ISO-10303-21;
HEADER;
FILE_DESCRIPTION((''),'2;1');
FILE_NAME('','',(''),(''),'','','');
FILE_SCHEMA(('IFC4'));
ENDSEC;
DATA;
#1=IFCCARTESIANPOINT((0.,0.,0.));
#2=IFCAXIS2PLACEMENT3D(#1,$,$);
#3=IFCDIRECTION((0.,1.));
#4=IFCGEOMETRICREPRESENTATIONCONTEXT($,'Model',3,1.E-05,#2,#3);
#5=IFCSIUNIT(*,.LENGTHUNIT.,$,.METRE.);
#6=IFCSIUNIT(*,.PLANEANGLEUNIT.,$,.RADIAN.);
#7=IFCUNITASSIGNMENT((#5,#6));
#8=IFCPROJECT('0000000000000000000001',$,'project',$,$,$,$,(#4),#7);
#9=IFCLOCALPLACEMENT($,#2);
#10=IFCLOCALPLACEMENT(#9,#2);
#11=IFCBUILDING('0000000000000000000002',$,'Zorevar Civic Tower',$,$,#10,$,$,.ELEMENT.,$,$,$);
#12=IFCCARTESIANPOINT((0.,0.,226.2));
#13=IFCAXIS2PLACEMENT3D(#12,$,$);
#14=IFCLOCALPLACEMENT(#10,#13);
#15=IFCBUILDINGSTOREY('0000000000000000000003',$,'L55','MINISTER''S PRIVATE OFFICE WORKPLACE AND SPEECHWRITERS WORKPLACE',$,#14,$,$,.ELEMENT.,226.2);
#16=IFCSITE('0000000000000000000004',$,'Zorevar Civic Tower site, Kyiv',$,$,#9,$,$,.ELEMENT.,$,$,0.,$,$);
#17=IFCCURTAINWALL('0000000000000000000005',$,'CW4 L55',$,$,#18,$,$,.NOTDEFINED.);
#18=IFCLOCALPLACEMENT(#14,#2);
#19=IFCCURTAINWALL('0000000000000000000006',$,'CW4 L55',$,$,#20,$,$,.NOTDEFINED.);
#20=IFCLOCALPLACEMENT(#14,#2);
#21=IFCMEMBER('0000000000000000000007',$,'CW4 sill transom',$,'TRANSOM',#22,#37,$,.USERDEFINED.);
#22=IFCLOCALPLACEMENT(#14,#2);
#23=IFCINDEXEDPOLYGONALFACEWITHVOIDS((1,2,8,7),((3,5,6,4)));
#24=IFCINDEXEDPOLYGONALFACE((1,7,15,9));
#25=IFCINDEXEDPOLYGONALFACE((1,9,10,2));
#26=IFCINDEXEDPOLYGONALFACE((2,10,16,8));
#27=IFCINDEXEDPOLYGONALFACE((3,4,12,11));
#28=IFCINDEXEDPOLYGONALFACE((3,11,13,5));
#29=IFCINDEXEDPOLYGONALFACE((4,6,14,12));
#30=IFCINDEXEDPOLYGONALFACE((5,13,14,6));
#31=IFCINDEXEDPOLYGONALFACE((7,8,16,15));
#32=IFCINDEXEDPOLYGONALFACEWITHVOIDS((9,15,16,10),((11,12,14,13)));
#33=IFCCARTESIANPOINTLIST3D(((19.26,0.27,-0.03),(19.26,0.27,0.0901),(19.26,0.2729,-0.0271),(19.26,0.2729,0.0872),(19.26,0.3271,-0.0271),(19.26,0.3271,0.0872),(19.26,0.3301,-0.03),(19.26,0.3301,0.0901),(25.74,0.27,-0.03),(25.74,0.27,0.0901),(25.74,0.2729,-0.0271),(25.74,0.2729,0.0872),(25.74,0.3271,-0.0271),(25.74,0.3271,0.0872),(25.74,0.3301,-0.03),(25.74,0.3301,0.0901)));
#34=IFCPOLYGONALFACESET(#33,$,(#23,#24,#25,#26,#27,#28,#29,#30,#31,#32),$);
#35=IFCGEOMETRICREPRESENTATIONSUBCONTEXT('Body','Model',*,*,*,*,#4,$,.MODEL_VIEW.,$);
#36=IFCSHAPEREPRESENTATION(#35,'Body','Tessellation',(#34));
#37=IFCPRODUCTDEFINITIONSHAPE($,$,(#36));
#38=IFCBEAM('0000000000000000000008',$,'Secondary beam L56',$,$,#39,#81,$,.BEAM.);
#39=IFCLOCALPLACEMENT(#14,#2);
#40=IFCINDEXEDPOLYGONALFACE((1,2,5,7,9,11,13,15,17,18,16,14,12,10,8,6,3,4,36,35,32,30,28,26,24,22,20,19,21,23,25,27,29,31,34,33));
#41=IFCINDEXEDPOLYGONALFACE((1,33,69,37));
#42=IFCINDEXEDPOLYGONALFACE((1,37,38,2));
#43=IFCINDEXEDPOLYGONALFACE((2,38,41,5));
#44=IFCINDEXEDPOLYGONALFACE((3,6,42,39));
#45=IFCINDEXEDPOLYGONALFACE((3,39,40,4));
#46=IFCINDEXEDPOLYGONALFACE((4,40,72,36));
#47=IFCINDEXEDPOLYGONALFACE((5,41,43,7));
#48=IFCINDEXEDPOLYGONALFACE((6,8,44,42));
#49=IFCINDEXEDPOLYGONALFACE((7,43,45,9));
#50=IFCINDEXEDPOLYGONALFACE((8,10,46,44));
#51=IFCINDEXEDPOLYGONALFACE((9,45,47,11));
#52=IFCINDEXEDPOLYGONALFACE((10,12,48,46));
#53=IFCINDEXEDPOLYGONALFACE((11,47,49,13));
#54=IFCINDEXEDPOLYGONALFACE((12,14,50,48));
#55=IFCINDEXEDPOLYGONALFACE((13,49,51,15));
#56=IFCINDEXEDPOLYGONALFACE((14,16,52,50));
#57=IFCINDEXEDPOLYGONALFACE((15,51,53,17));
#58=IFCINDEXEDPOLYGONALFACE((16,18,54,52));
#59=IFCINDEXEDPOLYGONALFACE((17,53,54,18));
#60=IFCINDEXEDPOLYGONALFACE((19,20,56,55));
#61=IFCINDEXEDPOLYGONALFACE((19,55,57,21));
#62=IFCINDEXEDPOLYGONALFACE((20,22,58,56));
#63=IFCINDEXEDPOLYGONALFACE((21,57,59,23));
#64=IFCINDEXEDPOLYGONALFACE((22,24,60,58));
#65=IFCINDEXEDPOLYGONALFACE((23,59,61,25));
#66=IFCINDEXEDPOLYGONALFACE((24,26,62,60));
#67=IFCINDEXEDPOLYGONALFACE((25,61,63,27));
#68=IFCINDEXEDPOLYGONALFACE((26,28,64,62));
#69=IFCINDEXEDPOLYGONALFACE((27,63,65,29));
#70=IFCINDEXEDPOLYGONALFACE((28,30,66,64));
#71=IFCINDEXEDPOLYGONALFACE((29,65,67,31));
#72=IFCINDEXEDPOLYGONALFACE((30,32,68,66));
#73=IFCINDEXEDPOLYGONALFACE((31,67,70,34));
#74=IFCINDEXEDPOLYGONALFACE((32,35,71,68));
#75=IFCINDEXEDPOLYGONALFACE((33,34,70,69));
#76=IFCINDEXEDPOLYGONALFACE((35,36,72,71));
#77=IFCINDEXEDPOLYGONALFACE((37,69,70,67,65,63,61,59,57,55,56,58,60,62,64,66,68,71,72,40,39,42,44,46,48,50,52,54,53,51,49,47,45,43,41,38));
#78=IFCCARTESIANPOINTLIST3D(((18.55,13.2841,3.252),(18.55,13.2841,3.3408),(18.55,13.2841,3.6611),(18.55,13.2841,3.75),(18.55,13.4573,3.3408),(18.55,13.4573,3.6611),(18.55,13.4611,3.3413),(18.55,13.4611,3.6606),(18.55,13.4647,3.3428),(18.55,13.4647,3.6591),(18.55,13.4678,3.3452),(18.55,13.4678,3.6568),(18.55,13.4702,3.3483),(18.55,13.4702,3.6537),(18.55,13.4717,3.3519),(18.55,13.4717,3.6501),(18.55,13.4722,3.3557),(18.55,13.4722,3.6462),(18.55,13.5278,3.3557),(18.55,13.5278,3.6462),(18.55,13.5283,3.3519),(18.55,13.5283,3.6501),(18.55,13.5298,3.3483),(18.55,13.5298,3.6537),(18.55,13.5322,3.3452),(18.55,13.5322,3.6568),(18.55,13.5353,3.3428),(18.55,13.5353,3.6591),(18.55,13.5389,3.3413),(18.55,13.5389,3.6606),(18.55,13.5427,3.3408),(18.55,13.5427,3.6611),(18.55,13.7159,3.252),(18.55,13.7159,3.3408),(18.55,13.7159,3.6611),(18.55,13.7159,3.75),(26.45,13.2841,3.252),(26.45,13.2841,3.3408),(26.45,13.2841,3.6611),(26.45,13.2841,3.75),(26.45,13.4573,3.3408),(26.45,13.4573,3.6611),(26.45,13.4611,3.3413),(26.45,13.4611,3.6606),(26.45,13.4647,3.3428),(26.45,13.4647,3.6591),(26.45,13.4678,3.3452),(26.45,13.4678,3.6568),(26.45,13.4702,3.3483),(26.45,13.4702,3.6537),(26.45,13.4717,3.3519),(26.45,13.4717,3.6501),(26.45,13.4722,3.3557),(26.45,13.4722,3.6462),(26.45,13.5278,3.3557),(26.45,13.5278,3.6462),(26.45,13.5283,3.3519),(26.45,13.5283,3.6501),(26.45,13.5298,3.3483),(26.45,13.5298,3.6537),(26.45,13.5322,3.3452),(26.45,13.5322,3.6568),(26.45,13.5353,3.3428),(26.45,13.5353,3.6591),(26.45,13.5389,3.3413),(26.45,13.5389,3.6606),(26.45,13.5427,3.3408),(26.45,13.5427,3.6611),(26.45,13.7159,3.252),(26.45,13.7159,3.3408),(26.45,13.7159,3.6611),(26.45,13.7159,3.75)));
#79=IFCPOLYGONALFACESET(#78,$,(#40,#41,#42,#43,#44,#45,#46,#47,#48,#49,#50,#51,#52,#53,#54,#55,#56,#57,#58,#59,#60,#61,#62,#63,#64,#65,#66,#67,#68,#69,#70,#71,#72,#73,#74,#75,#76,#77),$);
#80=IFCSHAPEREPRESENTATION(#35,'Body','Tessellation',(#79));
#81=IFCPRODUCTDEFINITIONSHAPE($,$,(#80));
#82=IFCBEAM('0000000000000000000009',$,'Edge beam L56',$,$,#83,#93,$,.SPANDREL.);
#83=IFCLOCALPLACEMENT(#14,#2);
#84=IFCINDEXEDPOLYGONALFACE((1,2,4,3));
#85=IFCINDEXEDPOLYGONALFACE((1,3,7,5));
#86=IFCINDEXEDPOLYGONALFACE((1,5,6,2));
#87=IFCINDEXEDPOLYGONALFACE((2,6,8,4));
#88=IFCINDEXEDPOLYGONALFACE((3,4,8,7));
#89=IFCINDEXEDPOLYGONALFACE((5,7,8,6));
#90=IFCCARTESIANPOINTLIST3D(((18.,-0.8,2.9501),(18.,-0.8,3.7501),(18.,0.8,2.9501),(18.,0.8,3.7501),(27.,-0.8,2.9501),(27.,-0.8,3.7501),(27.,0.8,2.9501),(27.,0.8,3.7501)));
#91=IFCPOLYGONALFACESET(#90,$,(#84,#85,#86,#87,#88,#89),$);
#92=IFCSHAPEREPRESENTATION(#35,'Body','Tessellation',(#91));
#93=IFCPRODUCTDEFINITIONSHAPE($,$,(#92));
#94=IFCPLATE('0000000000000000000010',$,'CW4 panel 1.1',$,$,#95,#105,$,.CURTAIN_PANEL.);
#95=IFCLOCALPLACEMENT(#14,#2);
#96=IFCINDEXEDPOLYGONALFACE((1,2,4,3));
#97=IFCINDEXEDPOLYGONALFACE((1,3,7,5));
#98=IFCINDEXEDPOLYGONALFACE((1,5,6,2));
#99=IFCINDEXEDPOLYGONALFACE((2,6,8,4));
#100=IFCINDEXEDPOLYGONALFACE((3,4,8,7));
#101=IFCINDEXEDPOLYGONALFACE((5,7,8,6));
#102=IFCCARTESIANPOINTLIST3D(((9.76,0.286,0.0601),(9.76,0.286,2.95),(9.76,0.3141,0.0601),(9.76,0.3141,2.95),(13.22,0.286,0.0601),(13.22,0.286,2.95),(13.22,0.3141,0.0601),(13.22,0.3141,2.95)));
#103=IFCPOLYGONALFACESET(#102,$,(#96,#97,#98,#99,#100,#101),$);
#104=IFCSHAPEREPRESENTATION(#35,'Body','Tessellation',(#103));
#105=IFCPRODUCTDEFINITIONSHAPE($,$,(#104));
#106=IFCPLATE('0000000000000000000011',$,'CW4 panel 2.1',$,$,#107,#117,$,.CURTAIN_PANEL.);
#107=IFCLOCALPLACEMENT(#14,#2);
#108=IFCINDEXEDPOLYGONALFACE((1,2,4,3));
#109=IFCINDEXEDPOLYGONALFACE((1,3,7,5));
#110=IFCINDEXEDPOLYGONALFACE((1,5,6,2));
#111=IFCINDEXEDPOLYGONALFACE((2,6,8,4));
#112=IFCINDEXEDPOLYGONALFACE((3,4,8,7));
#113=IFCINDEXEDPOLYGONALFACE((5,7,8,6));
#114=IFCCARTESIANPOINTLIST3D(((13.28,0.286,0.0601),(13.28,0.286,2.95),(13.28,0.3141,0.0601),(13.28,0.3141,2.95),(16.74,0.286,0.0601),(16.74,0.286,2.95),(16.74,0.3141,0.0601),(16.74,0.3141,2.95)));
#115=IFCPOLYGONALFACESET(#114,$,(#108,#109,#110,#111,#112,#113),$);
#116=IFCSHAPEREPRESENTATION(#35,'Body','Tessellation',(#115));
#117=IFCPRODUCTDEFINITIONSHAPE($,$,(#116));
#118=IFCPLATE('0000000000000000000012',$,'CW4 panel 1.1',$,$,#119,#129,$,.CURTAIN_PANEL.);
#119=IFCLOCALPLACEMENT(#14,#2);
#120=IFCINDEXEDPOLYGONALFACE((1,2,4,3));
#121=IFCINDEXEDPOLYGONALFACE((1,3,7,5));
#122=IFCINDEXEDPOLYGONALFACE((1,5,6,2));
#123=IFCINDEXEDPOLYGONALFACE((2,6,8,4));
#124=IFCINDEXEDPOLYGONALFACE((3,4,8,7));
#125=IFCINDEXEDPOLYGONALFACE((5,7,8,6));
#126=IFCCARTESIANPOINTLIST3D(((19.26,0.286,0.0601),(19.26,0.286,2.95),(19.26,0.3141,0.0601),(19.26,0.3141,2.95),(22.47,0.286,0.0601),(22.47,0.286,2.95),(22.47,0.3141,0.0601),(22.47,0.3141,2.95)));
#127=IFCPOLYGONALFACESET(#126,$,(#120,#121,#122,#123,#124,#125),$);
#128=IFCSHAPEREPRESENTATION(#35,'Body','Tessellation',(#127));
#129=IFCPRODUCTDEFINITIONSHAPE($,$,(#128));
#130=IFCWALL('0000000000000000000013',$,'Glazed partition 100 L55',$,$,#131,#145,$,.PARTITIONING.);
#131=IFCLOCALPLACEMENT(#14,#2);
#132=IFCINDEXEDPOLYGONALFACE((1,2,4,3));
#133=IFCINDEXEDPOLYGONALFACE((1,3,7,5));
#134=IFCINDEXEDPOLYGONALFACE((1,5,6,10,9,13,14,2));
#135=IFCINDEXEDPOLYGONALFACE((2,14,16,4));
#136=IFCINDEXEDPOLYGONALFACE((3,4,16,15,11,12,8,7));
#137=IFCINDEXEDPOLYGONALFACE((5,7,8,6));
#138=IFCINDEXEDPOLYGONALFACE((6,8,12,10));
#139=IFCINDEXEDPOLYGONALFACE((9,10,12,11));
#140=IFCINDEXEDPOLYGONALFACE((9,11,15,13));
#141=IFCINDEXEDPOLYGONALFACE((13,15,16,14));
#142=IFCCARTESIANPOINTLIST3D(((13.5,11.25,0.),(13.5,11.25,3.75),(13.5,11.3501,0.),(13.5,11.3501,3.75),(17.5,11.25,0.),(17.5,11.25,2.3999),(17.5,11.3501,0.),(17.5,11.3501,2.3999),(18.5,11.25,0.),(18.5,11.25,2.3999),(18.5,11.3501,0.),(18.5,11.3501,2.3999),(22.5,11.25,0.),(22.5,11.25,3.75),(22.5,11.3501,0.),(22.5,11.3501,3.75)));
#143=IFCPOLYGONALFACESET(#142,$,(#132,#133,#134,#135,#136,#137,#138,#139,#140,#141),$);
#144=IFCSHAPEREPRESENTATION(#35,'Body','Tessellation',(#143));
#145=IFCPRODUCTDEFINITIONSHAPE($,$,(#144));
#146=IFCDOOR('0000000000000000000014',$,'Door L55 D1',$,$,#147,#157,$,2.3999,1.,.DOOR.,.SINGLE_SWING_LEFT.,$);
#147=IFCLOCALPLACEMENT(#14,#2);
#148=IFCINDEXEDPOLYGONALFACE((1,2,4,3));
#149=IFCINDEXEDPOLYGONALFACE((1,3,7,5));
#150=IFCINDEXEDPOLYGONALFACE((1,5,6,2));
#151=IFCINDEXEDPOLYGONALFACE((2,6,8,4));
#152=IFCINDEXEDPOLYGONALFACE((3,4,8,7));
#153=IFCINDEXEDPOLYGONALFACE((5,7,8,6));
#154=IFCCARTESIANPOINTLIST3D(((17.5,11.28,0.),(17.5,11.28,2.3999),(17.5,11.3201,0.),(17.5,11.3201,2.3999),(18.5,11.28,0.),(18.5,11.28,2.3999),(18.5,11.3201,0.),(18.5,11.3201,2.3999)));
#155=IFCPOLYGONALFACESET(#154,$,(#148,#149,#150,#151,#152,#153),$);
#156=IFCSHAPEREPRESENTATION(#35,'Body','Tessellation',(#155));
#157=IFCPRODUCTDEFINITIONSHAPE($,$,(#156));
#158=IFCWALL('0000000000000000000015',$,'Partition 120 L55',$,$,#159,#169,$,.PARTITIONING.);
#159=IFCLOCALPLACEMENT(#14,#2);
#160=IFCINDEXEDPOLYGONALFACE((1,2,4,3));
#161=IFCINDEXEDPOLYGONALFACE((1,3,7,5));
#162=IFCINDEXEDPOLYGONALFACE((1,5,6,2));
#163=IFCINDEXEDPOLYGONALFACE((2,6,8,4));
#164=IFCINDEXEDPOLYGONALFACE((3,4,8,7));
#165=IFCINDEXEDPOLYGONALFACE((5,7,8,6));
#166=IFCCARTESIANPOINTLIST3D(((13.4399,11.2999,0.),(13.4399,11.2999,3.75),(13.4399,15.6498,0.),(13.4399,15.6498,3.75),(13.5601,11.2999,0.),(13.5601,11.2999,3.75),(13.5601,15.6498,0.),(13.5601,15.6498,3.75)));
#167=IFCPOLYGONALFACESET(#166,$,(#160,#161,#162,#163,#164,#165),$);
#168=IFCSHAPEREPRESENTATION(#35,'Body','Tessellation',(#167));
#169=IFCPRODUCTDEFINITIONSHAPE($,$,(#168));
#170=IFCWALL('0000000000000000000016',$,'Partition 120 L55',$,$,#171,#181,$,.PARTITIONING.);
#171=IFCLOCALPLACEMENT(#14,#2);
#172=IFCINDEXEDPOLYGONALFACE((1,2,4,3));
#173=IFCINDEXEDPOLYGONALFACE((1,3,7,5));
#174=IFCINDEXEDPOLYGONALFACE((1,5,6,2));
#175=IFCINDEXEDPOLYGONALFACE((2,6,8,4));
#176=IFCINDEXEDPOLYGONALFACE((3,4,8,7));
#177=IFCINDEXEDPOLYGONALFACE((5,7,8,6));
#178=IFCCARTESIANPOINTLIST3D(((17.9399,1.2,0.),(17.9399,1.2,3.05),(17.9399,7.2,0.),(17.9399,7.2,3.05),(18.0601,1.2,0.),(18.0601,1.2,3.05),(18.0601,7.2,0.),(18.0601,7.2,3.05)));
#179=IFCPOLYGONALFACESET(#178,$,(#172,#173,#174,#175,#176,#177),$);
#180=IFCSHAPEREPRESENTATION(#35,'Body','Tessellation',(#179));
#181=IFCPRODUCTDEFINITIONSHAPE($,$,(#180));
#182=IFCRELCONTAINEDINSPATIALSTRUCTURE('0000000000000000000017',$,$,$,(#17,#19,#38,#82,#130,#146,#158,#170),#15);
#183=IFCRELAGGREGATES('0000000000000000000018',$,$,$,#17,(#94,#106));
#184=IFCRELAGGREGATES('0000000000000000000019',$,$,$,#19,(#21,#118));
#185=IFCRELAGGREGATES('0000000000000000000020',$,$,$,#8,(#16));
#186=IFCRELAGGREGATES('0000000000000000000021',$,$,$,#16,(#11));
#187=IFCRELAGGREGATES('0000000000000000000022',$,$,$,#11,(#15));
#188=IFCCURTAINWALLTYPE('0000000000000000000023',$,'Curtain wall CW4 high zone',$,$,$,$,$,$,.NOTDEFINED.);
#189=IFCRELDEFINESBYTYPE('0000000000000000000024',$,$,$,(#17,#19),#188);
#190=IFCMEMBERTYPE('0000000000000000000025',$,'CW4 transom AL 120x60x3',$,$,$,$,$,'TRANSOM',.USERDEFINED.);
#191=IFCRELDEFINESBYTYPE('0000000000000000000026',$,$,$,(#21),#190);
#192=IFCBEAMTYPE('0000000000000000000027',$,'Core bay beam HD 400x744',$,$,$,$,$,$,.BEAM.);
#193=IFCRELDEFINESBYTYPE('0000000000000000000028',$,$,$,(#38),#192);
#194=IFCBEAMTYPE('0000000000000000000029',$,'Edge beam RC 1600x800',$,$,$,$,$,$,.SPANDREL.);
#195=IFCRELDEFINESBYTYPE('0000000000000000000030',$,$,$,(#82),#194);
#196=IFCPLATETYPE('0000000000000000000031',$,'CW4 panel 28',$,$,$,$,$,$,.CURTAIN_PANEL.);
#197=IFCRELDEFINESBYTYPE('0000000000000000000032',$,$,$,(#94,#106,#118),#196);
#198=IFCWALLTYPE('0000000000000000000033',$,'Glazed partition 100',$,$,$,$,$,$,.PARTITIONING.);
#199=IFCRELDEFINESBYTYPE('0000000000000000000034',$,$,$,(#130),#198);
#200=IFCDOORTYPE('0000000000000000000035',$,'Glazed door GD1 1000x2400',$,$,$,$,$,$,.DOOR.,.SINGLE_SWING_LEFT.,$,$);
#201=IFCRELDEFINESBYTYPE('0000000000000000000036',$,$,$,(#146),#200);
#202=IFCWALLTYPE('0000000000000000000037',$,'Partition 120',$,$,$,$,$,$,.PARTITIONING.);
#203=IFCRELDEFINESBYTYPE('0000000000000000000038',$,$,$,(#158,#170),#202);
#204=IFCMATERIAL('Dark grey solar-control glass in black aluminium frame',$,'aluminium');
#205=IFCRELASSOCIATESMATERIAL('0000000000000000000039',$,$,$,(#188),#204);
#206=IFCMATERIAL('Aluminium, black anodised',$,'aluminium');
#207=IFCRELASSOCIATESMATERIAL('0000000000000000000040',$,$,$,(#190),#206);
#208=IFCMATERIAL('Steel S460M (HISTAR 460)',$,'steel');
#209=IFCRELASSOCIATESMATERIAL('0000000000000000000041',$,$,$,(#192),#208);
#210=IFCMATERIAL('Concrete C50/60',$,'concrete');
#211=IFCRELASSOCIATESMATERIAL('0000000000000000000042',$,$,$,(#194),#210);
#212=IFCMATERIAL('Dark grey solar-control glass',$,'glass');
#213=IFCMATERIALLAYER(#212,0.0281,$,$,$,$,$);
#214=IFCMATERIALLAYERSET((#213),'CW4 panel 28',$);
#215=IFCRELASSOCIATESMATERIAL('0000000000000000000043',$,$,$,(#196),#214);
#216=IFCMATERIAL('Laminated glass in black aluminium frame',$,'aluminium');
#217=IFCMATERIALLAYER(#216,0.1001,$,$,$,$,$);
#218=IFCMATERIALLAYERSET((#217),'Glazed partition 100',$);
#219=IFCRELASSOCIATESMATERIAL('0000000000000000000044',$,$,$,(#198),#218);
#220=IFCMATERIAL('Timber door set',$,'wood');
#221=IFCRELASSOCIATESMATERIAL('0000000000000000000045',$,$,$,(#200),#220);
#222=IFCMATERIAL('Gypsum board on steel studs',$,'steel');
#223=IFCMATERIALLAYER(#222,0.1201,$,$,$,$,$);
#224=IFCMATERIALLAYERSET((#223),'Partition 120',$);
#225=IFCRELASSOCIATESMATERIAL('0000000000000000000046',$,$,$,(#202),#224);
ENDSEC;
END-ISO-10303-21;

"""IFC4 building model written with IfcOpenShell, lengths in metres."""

from ifc_helpers import new_model, si_unit, direction, frame, frame_2d, origin, origin_2d, place, context, subcontext, project, spatial, rectangle, hollow_rectangle, i_section, extrude, material, layer, layer_set, material_profile, profile_set, type_object, element, fill, aggregate, save


model = new_model("IFC4")

# Units and contexts
model_context = context("Model", 3, precision=1e-05, world=origin(), true_north=direction((0.0, 1.0)))
body_context = subcontext(model_context, "Body", "Model", "MODEL_VIEW")
ifc_project = project(units=[si_unit("LENGTHUNIT", "METRE"), si_unit("PLANEANGLEUNIT", "RADIAN")], contexts=[model_context])

# Site, building, storey
site_placement = place(None, origin())
site = spatial("IfcSite", under=ifc_project, at=site_placement, Name="Zorevar Civic Tower site, Kyiv", CompositionType="ELEMENT", RefElevation=0.0)
building_placement = place(site_placement, origin())
building = spatial("IfcBuilding", under=site, at=building_placement, Name="Zorevar Civic Tower", CompositionType="ELEMENT")
storey_placement = place(building_placement, frame((0.0, 0.0, 226.2)))
storey = spatial("IfcBuildingStorey", under=building, at=storey_placement, Name="L55", Description="MINISTER'S PRIVATE OFFICE WORKPLACE AND SPEECHWRITERS WORKPLACE", CompositionType="ELEMENT", Elevation=226.2)

# Curtain wall
ifc_material_1 = material(Name="Dark grey solar-control glass in black aluminium frame", Category="aluminium")
curtain_wall_type = type_object("IfcCurtainWallType", Name="Curtain wall CW4 high zone", PredefinedType="NOTDEFINED", material=ifc_material_1)
curtain_wall_1_placement = place(storey_placement, origin())
curtain_wall_1 = element("IfcCurtainWall", 1, at=curtain_wall_1_placement, inside=storey, type_object=curtain_wall_type, Name="CW4 L55", PredefinedType="NOTDEFINED")

# Curtain wall
curtain_wall_2_placement = place(storey_placement, origin())
curtain_wall_2 = element("IfcCurtainWall", 2, at=curtain_wall_2_placement, inside=storey, type_object=curtain_wall_type, Name="CW4 L55", PredefinedType="NOTDEFINED")

# Member
ifc_material_2 = material(Name="Aluminium, black anodised", Category="aluminium")
ifc_material_profile_1 = material_profile(ifc_material_2, hollow_rectangle(XDim=0.0601, YDim=0.1201, WallThickness=0.0029, at=origin_2d()), Name="AL 120x60x3")
ifc_profile_set_1 = profile_set([ifc_material_profile_1], Name="Aluminium, black anodised")
member_type_1 = type_object("IfcMemberType", Name="CW4 transom AL 120x60x3", ElementType="TRANSOM", PredefinedType="USERDEFINED", material=ifc_profile_set_1)
member_1_placement = place(storey_placement, frame((19.26, 0.3, 0.03), z_axis=(1.0, 0.0, 0.0), x_axis=(0.0, 1.0, 0.0)))
member_1 = element("IfcMember", 3, at=member_1_placement, type_object=member_type_1, Name="CW4 sill transom", ObjectType="TRANSOM", PredefinedType="USERDEFINED", context=body_context, shape_type="SweptSolid", body=[
    extrude(hollow_rectangle(XDim=0.0601, YDim=0.1201, WallThickness=0.0029, at=origin_2d()), origin(), (0.0, 0.0, 1.0), 6.48),
])

# Beams
ifc_material_3 = material(Name="Steel S460M (HISTAR 460)", Category="steel")
ifc_material_profile_2 = material_profile(ifc_material_3, i_section(OverallWidth=0.4319, OverallDepth=0.498, WebThickness=0.0557, FlangeThickness=0.0889, FilletRadius=0.0149, at=origin_2d()), Name="HD 400x744")
ifc_profile_set_2 = profile_set([ifc_material_profile_2], Name="Steel S460M (HISTAR 460)")
beam_type_1 = type_object("IfcBeamType", Name="Core bay beam HD 400x744", PredefinedType="BEAM", material=ifc_profile_set_2)
beam_1_placement = place(storey_placement, frame((18.55, 13.5, 3.501), z_axis=(1.0, 0.0, 0.0), x_axis=(0.0, 1.0, 0.0)))
element("IfcBeam", 4, at=beam_1_placement, inside=storey, type_object=beam_type_1, Name="Secondary beam L56", PredefinedType="BEAM", context=body_context, shape_type="SweptSolid", body=[
    extrude(i_section(OverallWidth=0.4319, OverallDepth=0.498, WebThickness=0.0557, FlangeThickness=0.0889, FilletRadius=0.0149, at=origin_2d()), origin(), (0.0, 0.0, 1.0), 7.8999),
])
ifc_material_4 = material(Name="Concrete C50/60", Category="concrete")
ifc_material_profile_3 = material_profile(ifc_material_4, rectangle(XDim=1.6001, YDim=0.8, at=origin_2d()), Name="RC 1600x800")
ifc_profile_set_3 = profile_set([ifc_material_profile_3], Name="Concrete C50/60")
beam_type_2 = type_object("IfcBeamType", Name="Edge beam RC 1600x800", PredefinedType="SPANDREL", material=ifc_profile_set_3)
beam_2_placement = place(storey_placement, frame((18.0, 0.0, 3.3501), z_axis=(1.0, 0.0, 0.0), x_axis=(0.0, 1.0, 0.0)))
element("IfcBeam", 5, at=beam_2_placement, inside=storey, type_object=beam_type_2, Name="Edge beam L56", PredefinedType="SPANDREL", context=body_context, shape_type="SweptSolid", body=[
    extrude(rectangle(XDim=1.6001, YDim=0.8, at=origin_2d()), origin(), (0.0, 0.0, 1.0), 9.0),
])

# Plates
ifc_material_5 = material(Name="Dark grey solar-control glass", Category="glass")
ifc_layer_1 = layer(ifc_material_5, 0.0281)
ifc_layer_set_1 = layer_set([ifc_layer_1], Name="CW4 panel 28")
plate_type = type_object("IfcPlateType", Name="CW4 panel 28", PredefinedType="CURTAIN_PANEL", material=ifc_layer_set_1)
plate_1_placement = place(storey_placement, frame((11.49, 0.3, 0.0601), z_axis=(0.0, 0.0, 1.0), x_axis=(1.0, 0.0, 0.0)))
plate_1 = element("IfcPlate", 6, at=plate_1_placement, type_object=plate_type, Name="CW4 panel 1.1", PredefinedType="CURTAIN_PANEL", context=body_context, shape_type="SweptSolid", body=[
    extrude(rectangle(XDim=3.46, YDim=0.0281, at=origin_2d()), origin(), (0.0, 0.0, 1.0), 2.8899),
])
plate_2_placement = place(storey_placement, frame((15.01, 0.3, 0.0601), z_axis=(0.0, 0.0, 1.0), x_axis=(1.0, 0.0, 0.0)))
plate_2 = element("IfcPlate", 7, at=plate_2_placement, type_object=plate_type, Name="CW4 panel 2.1", PredefinedType="CURTAIN_PANEL", context=body_context, shape_type="SweptSolid", body=[
    extrude(rectangle(XDim=3.46, YDim=0.0281, at=origin_2d()), origin(), (0.0, 0.0, 1.0), 2.8899),
])
aggregate(curtain_wall_1, [plate_1, plate_2])
plate_3_placement = place(storey_placement, frame((20.865, 0.3, 0.0601), z_axis=(0.0, 0.0, 1.0), x_axis=(1.0, 0.0, 0.0)))
plate_3 = element("IfcPlate", 8, at=plate_3_placement, type_object=plate_type, Name="CW4 panel 1.1", PredefinedType="CURTAIN_PANEL", context=body_context, shape_type="SweptSolid", body=[
    extrude(rectangle(XDim=3.21, YDim=0.0281, at=origin_2d()), origin(), (0.0, 0.0, 1.0), 2.8899),
])
aggregate(curtain_wall_2, [member_1, plate_3])

# Wall, opening, door
ifc_material_6 = material(Name="Laminated glass in black aluminium frame", Category="aluminium")
ifc_layer_2 = layer(ifc_material_6, 0.1001)
ifc_layer_set_2 = layer_set([ifc_layer_2], Name="Glazed partition 100")
wall_type_1 = type_object("IfcWallType", Name="Glazed partition 100", PredefinedType="PARTITIONING", material=ifc_layer_set_2)
wall_1_placement = place(storey_placement, frame((13.5, 11.3, 0.0), z_axis=(0.0, 0.0, 1.0), x_axis=(1.0, 0.0, 0.0)))
wall_1 = element("IfcWall", 9, at=wall_1_placement, inside=storey, type_object=wall_type_1, Name="Glazed partition 100 L55", PredefinedType="PARTITIONING", context=body_context, shape_type="SweptSolid", body=[
    extrude(rectangle(XDim=9.0, YDim=0.1001, at=frame_2d((4.5, 0.0))), origin(), (0.0, 0.0, 1.0), 3.75),
])
opening_placement = place(wall_1_placement, frame((4.0, 0.0, 0.0)))
opening = element("IfcOpeningElement", 10, at=opening_placement, cuts=wall_1, PredefinedType="OPENING", context=body_context, shape_type="SweptSolid", body=[
    extrude(rectangle(XDim=1.0, YDim=2.3999, at=frame_2d((0.5, 1.2))), frame((0.0, 0.0601, 0.0), z_axis=(0.0, -1.0, 0.0), x_axis=(1.0, 0.0, 0.0)), (0.0, 0.0, 1.0), 0.1201),
])
ifc_material_7 = material(Name="Timber door set", Category="wood")
door_type = type_object("IfcDoorType", Name="Glazed door GD1 1000x2400", OperationType="SINGLE_SWING_LEFT", PredefinedType="DOOR", material=ifc_material_7)
door_placement = place(opening_placement, origin())
door = element("IfcDoor", 11, at=door_placement, inside=storey, type_object=door_type, Name="Door L55 D1", OperationType="SINGLE_SWING_LEFT", OverallHeight=2.3999, OverallWidth=1.0, PredefinedType="DOOR", context=body_context, shape_type="SweptSolid", body=[
    extrude(rectangle(XDim=1.0, YDim=2.3999, at=frame_2d((0.5, 1.2))), frame((0.0, 0.02, 0.0), z_axis=(0.0, -1.0, 0.0), x_axis=(1.0, 0.0, 0.0)), (0.0, 0.0, 1.0), 0.04),
])
fill(opening, door)

# Walls
ifc_material_8 = material(Name="Gypsum board on steel studs", Category="steel")
ifc_layer_3 = layer(ifc_material_8, 0.1201)
ifc_layer_set_3 = layer_set([ifc_layer_3], Name="Partition 120")
wall_type_2 = type_object("IfcWallType", Name="Partition 120", PredefinedType="PARTITIONING", material=ifc_layer_set_3)
wall_2_placement = place(storey_placement, frame((13.5, 11.3, 0.0), z_axis=(0.0, 0.0, 1.0), x_axis=(0.0, 1.0, 0.0)))
element("IfcWall", 12, at=wall_2_placement, inside=storey, type_object=wall_type_2, Name="Partition 120 L55", PredefinedType="PARTITIONING", context=body_context, shape_type="SweptSolid", body=[
    extrude(rectangle(XDim=4.3499, YDim=0.1201, at=frame_2d((2.1748, 0.0))), origin(), (0.0, 0.0, 1.0), 3.75),
])
wall_3_placement = place(storey_placement, frame((18.0, 1.2, 0.0), z_axis=(0.0, 0.0, 1.0), x_axis=(0.0, 1.0, 0.0)))
element("IfcWall", 13, at=wall_3_placement, inside=storey, type_object=wall_type_2, Name="Partition 120 L55", PredefinedType="PARTITIONING", context=body_context, shape_type="SweptSolid", body=[
    extrude(rectangle(XDim=6.0, YDim=0.1201, at=frame_2d((3.0, 0.0))), origin(), (0.0, 0.0, 1.0), 3.05),
])

save(model, "model.ifc")
